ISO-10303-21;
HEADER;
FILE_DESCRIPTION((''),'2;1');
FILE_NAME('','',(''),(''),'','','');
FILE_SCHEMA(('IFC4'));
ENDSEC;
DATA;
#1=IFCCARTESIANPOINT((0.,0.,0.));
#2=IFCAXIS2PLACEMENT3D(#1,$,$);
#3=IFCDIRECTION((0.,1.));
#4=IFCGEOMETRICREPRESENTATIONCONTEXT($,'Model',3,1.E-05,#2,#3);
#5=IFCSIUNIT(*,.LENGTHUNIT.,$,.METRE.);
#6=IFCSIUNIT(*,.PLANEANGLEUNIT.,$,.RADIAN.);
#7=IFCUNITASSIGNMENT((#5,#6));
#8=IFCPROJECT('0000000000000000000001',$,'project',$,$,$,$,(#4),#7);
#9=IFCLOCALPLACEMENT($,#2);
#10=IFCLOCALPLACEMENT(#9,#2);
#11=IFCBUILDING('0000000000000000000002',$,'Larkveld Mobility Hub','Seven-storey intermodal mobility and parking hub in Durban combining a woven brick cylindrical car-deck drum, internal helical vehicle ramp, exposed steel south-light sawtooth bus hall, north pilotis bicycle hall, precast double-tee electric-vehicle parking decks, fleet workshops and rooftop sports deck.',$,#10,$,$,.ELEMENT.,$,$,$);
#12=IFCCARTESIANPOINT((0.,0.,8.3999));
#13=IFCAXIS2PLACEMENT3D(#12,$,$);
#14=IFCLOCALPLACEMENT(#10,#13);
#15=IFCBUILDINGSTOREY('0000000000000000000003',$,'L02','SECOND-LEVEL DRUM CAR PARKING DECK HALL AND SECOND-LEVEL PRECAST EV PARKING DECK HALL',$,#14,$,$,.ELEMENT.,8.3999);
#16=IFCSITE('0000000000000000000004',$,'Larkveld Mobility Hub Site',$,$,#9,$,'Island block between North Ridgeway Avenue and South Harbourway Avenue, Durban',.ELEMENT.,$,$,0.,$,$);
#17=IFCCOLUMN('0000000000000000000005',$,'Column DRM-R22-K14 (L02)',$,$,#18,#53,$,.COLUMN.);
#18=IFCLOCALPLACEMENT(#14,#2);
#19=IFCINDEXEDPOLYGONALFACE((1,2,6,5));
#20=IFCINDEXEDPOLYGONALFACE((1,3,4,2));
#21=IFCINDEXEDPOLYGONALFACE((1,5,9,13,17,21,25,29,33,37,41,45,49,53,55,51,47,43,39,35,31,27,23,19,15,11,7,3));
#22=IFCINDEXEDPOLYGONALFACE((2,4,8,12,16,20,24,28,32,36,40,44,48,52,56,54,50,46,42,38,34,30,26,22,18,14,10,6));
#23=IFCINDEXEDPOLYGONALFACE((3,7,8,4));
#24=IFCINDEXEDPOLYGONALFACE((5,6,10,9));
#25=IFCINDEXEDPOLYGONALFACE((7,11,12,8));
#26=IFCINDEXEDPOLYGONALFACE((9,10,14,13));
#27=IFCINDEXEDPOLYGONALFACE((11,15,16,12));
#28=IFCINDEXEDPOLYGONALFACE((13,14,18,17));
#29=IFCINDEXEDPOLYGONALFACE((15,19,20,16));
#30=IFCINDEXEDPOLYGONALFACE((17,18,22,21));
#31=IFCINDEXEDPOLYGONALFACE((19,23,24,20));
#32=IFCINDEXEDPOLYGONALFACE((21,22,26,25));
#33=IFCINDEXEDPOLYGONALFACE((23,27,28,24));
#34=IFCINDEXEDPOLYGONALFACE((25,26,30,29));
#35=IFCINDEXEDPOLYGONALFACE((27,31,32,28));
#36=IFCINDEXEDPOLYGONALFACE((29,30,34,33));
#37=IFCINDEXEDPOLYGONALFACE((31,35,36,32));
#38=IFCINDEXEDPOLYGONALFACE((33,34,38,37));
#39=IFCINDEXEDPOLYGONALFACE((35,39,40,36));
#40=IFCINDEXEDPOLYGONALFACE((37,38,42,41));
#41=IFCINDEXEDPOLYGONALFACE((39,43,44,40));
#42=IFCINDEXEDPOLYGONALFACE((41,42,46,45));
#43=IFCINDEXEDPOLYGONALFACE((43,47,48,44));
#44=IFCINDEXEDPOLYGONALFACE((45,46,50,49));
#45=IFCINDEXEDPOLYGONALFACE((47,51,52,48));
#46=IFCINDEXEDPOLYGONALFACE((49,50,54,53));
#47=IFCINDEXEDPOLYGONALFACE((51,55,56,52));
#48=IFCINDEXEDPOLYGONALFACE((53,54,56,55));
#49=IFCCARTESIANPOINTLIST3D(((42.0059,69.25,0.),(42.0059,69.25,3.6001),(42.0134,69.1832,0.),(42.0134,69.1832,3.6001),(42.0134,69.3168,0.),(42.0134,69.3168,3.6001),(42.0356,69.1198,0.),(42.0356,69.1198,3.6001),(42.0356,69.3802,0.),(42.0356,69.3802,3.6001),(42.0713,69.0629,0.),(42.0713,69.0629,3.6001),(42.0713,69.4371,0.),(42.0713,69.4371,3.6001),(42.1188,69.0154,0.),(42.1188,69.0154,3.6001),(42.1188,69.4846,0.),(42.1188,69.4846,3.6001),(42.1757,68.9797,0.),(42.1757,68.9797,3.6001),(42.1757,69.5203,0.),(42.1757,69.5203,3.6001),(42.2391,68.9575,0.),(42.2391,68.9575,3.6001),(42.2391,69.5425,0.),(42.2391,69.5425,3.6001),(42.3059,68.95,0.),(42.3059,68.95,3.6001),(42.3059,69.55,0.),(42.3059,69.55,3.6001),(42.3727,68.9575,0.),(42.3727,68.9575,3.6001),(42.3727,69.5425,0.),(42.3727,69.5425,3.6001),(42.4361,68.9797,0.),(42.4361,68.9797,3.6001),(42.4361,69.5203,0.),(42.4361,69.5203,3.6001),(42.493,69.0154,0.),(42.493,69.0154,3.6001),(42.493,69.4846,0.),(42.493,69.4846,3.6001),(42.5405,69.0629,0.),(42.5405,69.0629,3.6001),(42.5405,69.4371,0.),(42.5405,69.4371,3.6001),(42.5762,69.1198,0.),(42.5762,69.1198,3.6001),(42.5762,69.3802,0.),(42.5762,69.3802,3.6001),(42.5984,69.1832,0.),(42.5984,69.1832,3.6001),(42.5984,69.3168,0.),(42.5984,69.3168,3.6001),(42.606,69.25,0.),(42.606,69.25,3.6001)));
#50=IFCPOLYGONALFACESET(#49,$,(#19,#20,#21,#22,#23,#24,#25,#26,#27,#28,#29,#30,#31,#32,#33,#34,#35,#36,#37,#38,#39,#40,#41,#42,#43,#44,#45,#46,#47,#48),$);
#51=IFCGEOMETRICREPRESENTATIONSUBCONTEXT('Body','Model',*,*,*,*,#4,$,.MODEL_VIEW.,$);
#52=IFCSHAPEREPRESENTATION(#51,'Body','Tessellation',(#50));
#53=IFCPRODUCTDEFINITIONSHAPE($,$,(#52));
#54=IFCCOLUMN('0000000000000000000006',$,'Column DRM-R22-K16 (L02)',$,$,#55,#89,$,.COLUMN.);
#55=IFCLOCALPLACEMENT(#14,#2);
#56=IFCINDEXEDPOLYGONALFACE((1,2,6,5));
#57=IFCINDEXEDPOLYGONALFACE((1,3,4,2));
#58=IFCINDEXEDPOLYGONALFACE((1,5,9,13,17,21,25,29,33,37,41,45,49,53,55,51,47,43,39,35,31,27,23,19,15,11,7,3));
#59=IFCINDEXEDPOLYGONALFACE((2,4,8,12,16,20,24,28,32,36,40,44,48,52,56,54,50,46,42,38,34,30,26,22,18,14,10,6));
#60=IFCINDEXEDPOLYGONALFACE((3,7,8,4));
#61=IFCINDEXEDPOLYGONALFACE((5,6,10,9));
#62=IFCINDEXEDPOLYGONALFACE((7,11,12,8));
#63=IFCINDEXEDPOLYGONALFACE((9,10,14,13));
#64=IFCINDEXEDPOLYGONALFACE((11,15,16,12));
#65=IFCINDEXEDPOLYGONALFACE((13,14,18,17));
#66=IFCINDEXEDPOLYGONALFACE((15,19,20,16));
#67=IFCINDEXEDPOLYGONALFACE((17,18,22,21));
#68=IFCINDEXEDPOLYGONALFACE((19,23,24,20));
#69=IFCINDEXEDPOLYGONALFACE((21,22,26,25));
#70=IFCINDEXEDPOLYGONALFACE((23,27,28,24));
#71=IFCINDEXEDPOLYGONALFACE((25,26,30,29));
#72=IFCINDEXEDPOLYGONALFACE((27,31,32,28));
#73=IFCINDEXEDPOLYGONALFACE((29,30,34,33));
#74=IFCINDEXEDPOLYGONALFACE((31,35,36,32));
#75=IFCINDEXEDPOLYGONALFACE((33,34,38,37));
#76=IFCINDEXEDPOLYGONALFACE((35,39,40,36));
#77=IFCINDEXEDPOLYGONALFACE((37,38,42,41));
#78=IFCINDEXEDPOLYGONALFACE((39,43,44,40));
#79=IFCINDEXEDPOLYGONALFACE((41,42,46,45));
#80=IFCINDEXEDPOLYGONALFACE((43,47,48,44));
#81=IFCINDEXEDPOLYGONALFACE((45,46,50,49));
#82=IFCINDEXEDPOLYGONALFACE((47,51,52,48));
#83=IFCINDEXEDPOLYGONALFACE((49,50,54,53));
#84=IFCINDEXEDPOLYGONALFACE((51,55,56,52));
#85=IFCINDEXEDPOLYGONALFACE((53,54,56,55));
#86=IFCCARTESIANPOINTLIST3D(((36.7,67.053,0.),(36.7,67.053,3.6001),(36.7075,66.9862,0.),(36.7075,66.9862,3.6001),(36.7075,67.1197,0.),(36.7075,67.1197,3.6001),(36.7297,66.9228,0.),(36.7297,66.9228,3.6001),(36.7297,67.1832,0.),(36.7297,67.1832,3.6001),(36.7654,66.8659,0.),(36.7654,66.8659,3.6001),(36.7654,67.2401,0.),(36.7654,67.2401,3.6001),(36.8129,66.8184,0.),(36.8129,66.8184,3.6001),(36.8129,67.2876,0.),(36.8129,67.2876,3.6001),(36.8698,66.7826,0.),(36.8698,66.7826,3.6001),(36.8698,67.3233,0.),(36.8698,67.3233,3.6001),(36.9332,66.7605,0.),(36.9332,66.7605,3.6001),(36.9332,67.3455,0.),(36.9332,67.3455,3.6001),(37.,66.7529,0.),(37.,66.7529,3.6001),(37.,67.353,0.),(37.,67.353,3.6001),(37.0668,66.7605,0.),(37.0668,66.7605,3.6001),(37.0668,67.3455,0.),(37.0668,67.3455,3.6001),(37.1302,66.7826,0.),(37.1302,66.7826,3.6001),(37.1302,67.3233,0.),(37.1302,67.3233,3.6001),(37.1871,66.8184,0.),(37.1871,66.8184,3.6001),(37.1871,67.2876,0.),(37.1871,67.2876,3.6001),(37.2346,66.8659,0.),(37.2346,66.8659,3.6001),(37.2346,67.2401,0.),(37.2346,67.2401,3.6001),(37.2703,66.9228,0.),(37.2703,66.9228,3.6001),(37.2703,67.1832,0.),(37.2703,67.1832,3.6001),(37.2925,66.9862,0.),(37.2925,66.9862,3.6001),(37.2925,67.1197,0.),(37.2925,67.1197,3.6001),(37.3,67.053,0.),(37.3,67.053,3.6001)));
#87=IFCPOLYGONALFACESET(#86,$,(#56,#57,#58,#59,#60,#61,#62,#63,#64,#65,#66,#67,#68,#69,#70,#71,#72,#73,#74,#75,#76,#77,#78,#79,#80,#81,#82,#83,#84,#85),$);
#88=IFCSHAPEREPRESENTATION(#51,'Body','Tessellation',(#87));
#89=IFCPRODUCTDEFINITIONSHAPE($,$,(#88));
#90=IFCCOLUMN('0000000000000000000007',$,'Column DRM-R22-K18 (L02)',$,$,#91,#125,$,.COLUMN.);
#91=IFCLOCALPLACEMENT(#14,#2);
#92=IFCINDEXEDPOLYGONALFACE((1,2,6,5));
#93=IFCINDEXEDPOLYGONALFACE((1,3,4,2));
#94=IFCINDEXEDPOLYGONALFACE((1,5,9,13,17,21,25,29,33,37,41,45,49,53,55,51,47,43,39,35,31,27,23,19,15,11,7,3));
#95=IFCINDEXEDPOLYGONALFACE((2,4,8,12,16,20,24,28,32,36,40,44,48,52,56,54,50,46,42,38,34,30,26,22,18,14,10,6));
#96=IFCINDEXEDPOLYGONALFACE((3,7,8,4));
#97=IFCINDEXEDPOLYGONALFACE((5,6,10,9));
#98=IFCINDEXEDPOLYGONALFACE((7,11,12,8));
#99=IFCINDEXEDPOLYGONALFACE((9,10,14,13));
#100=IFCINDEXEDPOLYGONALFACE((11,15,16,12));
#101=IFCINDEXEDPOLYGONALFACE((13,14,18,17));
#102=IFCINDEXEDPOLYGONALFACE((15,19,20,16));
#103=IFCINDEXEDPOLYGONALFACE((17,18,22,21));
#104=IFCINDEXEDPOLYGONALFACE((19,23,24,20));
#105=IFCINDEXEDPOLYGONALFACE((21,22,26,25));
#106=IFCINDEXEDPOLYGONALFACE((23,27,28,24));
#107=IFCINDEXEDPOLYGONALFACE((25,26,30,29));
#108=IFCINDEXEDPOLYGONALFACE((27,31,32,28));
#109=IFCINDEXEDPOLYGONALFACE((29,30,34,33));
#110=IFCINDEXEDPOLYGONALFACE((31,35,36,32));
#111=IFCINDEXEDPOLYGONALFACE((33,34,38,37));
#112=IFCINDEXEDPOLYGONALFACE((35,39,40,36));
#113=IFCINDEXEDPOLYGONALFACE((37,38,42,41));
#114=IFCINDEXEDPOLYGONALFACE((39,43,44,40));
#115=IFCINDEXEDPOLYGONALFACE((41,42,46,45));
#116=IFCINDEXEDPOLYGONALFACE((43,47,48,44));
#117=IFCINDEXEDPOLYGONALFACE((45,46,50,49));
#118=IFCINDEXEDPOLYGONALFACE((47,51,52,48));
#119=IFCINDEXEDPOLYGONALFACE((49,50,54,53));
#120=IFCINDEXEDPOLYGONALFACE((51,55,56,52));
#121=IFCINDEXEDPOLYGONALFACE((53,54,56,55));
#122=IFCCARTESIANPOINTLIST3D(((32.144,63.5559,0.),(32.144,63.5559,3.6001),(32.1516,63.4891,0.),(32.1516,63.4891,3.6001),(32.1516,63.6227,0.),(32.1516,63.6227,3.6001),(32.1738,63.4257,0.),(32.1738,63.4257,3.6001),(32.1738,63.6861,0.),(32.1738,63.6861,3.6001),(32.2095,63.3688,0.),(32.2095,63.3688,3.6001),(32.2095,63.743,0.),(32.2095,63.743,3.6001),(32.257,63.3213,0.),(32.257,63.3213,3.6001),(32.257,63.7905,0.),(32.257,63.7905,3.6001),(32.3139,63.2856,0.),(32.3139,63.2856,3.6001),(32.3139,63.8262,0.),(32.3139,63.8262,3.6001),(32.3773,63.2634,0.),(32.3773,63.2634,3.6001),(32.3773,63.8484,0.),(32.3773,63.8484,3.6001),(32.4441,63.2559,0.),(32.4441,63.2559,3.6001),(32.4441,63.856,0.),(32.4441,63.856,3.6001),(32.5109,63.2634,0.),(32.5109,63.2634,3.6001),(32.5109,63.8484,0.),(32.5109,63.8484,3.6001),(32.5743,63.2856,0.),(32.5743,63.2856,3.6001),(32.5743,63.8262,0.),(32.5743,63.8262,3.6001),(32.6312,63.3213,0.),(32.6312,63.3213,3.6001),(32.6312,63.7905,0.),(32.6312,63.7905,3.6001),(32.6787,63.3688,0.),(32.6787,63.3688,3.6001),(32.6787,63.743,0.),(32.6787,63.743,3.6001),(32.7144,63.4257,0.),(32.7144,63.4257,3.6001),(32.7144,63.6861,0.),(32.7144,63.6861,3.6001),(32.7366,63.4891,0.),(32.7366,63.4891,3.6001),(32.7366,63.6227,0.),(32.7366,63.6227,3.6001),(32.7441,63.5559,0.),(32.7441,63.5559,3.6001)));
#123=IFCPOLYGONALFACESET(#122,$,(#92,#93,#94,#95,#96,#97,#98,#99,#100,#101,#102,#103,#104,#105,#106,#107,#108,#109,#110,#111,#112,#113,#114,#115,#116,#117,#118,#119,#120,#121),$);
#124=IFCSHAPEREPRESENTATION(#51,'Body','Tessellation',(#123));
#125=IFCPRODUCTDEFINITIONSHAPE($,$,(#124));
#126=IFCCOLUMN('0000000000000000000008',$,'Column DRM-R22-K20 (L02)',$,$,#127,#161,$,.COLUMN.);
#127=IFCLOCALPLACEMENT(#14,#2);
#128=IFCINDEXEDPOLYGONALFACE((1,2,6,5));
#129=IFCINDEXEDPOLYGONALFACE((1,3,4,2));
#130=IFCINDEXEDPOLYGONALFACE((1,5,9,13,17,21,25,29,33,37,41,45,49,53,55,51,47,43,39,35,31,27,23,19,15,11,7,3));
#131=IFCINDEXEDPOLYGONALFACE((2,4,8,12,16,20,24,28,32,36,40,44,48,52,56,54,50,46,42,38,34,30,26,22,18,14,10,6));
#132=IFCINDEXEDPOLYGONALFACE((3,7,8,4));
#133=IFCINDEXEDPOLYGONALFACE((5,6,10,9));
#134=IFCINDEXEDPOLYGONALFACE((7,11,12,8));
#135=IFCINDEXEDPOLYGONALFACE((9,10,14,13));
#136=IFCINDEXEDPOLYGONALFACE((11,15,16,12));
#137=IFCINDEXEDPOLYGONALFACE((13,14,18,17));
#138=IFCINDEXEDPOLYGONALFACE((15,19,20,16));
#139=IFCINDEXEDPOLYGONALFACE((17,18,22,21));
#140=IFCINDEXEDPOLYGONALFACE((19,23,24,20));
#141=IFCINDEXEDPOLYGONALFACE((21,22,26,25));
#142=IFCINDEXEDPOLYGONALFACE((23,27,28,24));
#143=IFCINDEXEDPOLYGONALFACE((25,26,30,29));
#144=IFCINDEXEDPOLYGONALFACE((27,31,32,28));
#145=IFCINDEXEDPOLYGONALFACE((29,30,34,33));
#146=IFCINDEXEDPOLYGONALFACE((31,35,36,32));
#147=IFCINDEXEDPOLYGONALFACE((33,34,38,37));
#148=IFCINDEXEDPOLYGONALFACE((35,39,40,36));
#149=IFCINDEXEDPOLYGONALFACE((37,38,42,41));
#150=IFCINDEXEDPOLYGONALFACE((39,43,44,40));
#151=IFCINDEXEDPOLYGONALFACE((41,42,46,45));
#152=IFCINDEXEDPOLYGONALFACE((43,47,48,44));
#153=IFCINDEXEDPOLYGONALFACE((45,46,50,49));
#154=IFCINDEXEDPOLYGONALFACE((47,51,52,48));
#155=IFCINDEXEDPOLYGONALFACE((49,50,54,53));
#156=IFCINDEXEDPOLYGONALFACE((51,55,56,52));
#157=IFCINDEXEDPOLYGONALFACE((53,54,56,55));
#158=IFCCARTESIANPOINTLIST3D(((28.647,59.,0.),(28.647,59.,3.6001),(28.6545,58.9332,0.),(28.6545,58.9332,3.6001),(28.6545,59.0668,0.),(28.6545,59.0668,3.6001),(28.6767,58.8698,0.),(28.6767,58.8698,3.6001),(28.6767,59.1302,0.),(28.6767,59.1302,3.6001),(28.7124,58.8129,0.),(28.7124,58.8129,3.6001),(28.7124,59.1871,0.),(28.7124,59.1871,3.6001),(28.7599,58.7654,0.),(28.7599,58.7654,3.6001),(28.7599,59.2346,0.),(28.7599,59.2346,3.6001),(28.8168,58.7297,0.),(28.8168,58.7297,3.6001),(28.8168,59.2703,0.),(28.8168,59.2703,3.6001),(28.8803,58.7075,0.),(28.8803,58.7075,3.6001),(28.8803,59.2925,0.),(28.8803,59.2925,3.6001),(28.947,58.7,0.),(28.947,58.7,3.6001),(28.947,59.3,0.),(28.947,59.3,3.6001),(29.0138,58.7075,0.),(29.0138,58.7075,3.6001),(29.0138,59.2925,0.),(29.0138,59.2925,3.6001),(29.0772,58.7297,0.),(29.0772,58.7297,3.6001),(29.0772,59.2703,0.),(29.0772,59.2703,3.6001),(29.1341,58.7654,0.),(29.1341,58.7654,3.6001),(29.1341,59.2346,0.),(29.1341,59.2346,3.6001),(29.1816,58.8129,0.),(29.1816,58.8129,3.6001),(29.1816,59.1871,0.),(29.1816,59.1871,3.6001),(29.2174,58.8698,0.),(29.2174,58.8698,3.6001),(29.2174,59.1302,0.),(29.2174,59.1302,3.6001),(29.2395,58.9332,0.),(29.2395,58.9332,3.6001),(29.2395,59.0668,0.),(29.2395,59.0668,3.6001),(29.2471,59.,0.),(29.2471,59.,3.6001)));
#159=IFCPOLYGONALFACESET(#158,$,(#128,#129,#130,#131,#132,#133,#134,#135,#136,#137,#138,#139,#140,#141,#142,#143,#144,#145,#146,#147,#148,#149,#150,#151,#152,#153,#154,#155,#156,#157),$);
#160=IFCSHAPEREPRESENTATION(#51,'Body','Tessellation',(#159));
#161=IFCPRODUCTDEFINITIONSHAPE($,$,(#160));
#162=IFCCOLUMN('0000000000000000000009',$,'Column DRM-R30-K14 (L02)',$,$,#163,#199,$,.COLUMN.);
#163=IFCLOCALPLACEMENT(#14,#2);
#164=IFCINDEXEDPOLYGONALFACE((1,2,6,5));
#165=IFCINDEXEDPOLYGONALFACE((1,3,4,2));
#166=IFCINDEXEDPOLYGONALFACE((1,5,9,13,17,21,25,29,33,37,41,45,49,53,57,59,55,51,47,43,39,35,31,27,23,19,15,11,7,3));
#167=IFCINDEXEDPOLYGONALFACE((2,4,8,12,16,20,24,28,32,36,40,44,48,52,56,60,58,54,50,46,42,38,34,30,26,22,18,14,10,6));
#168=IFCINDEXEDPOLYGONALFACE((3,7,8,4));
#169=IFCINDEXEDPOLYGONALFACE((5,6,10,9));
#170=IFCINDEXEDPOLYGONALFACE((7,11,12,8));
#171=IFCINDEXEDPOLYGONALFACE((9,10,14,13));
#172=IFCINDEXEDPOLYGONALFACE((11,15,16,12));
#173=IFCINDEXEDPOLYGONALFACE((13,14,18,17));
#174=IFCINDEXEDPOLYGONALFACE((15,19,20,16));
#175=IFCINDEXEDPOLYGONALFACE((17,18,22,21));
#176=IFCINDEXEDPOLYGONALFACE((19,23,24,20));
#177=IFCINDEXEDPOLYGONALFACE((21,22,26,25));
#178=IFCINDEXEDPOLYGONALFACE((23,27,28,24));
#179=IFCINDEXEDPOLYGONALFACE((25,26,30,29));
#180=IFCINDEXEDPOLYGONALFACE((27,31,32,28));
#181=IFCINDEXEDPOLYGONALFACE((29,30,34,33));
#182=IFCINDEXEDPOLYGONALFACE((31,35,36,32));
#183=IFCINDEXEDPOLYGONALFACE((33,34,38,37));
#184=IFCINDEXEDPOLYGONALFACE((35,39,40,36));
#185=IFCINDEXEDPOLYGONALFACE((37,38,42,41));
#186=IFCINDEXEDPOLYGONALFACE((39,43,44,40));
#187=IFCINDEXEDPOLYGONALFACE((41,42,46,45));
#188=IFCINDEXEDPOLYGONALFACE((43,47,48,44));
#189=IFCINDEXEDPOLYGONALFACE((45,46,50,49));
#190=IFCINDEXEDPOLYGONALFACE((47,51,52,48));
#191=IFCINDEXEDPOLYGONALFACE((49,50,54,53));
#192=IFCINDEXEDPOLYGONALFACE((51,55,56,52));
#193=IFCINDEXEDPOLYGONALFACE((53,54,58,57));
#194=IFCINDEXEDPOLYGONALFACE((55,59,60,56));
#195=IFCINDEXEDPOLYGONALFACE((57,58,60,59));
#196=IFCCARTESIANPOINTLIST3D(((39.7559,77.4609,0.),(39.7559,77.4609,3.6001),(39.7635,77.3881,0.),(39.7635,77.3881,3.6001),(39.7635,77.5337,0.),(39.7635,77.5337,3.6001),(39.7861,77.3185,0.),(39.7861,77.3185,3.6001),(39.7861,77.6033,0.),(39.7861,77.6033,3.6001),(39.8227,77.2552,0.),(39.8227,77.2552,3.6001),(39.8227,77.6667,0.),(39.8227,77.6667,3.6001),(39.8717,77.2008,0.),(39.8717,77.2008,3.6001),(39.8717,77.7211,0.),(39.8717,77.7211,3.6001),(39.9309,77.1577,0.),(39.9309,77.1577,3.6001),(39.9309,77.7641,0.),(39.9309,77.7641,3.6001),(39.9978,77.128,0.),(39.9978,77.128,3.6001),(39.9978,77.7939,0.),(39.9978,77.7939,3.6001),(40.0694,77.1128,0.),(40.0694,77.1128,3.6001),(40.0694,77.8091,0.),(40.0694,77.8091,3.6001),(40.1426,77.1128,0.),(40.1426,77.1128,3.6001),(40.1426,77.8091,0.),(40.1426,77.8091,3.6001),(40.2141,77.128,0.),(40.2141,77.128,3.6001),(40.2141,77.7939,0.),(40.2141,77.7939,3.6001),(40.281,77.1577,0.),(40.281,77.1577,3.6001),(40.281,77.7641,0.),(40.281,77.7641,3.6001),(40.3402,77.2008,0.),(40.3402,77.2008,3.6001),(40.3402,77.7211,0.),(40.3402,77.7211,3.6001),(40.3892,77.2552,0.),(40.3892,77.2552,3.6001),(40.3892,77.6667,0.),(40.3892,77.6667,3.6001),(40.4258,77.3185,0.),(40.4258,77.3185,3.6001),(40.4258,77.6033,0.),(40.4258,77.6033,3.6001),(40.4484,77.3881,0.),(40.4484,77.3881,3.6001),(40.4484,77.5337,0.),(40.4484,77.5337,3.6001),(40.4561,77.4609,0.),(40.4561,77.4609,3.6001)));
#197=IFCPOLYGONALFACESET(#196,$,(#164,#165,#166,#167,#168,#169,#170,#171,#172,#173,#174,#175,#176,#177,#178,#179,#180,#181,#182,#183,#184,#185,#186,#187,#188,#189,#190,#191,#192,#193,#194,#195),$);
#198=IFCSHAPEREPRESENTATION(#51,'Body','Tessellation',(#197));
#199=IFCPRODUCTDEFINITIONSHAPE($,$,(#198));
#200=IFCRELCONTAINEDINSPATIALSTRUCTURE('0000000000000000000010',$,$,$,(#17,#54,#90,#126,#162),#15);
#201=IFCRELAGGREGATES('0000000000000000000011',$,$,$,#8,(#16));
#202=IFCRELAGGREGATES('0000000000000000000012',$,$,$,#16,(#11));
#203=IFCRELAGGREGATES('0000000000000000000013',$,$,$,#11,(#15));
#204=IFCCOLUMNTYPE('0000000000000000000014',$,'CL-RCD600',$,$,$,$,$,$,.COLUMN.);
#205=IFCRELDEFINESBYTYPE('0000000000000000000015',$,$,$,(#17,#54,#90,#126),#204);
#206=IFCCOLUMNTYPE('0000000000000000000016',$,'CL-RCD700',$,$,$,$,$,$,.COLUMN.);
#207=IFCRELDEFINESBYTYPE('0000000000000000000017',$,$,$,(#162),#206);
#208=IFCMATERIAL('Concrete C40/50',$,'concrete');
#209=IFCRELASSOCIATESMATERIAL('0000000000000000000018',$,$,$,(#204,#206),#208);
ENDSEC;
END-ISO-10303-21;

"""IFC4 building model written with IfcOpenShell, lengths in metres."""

from ifc_helpers import new_model, si_unit, direction, frame, origin, origin_2d, place, context, subcontext, project, spatial, circle, extrude, material, material_profile, profile_set, type_object, element, save


model = new_model("IFC4")

# Units and contexts
model_context = context("Model", 3, precision=1e-05, world=origin(), true_north=direction((0.0, 1.0)))
body_context = subcontext(model_context, "Body", "Model", "MODEL_VIEW")
ifc_project = project(units=[si_unit("LENGTHUNIT", "METRE"), si_unit("PLANEANGLEUNIT", "RADIAN")], contexts=[model_context])

# Site, building, storey
site_placement = place(None, origin())
site = spatial("IfcSite", under=ifc_project, at=site_placement, Name="Larkveld Mobility Hub Site", LongName="Island block between North Ridgeway Avenue and South Harbourway Avenue, Durban", CompositionType="ELEMENT", RefElevation=0.0)
building_placement = place(site_placement, origin())
building = spatial("IfcBuilding", under=site, at=building_placement, Name="Larkveld Mobility Hub", Description="Seven-storey intermodal mobility and parking hub in Durban combining a woven brick cylindrical car-deck drum, internal helical vehicle ramp, exposed steel south-light sawtooth bus hall, north pilotis bicycle hall, precast double-tee electric-vehicle parking decks, fleet workshops and rooftop sports deck.", CompositionType="ELEMENT")
storey_placement = place(building_placement, frame((0.0, 0.0, 8.3999)))
storey = spatial("IfcBuildingStorey", under=building, at=storey_placement, Name="L02", Description="SECOND-LEVEL DRUM CAR PARKING DECK HALL AND SECOND-LEVEL PRECAST EV PARKING DECK HALL", CompositionType="ELEMENT", Elevation=8.3999)

# Columns
ifc_material_1 = material(Name="Concrete C40/50", Category="concrete")
ifc_material_profile_1 = material_profile(ifc_material_1, circle(Radius=0.3, at=origin_2d()), Name="RC COL D600")
ifc_profile_set_1 = profile_set([ifc_material_profile_1], Name="Concrete C40/50")
column_type_1 = type_object("IfcColumnType", Name="CL-RCD600", PredefinedType="COLUMN", material=ifc_profile_set_1)
for number, where, z_axis, x_axis, name in (
    (1, (42.3059, 69.25, 0.0), (0.0, 0.0, 1.0), (1.0, 0.0, 0.0), "Column DRM-R22-K14 (L02)"),
    (2, (37.0, 67.053, 0.0), (0.0, 0.0, 1.0), (1.0, 0.0, 0.0), "Column DRM-R22-K16 (L02)"),
    (3, (32.4441, 63.5559, 0.0), (0.0, 0.0, 1.0), (1.0, 0.0, 0.0), "Column DRM-R22-K18 (L02)"),
    (4, (28.947, 59.0, 0.0), (0.0, 0.0, 1.0), (1.0, 0.0, 0.0), "Column DRM-R22-K20 (L02)"),
):
    element("IfcColumn", number, at=place(storey_placement, frame(where, z_axis=z_axis, x_axis=x_axis)), inside=storey, type_object=column_type_1, Name=name, PredefinedType="COLUMN", context=body_context, shape_type="SweptSolid", body=[
        extrude(circle(Radius=0.3, at=origin_2d()), origin(), (0.0, 0.0, 1.0), 3.6001),
    ])
ifc_material_profile_2 = material_profile(ifc_material_1, circle(Radius=0.3501, at=origin_2d()), Name="RC COL D700")
ifc_profile_set_2 = profile_set([ifc_material_profile_2], Name="Concrete C40/50")
column_type_2 = type_object("IfcColumnType", Name="CL-RCD700", PredefinedType="COLUMN", material=ifc_profile_set_2)
for number, where, z_axis, x_axis, name in (
    (5, (40.106, 77.4609, 0.0), (0.0, 0.0, 1.0), (1.0, 0.0, 0.0), "Column DRM-R30-K14 (L02)"),
):
    element("IfcColumn", number, at=place(storey_placement, frame(where, z_axis=z_axis, x_axis=x_axis)), inside=storey, type_object=column_type_2, Name=name, PredefinedType="COLUMN", context=body_context, shape_type="SweptSolid", body=[
        extrude(circle(Radius=0.3501, at=origin_2d()), origin(), (0.0, 0.0, 1.0), 3.6001),
    ])

save(model, "model.ifc")
